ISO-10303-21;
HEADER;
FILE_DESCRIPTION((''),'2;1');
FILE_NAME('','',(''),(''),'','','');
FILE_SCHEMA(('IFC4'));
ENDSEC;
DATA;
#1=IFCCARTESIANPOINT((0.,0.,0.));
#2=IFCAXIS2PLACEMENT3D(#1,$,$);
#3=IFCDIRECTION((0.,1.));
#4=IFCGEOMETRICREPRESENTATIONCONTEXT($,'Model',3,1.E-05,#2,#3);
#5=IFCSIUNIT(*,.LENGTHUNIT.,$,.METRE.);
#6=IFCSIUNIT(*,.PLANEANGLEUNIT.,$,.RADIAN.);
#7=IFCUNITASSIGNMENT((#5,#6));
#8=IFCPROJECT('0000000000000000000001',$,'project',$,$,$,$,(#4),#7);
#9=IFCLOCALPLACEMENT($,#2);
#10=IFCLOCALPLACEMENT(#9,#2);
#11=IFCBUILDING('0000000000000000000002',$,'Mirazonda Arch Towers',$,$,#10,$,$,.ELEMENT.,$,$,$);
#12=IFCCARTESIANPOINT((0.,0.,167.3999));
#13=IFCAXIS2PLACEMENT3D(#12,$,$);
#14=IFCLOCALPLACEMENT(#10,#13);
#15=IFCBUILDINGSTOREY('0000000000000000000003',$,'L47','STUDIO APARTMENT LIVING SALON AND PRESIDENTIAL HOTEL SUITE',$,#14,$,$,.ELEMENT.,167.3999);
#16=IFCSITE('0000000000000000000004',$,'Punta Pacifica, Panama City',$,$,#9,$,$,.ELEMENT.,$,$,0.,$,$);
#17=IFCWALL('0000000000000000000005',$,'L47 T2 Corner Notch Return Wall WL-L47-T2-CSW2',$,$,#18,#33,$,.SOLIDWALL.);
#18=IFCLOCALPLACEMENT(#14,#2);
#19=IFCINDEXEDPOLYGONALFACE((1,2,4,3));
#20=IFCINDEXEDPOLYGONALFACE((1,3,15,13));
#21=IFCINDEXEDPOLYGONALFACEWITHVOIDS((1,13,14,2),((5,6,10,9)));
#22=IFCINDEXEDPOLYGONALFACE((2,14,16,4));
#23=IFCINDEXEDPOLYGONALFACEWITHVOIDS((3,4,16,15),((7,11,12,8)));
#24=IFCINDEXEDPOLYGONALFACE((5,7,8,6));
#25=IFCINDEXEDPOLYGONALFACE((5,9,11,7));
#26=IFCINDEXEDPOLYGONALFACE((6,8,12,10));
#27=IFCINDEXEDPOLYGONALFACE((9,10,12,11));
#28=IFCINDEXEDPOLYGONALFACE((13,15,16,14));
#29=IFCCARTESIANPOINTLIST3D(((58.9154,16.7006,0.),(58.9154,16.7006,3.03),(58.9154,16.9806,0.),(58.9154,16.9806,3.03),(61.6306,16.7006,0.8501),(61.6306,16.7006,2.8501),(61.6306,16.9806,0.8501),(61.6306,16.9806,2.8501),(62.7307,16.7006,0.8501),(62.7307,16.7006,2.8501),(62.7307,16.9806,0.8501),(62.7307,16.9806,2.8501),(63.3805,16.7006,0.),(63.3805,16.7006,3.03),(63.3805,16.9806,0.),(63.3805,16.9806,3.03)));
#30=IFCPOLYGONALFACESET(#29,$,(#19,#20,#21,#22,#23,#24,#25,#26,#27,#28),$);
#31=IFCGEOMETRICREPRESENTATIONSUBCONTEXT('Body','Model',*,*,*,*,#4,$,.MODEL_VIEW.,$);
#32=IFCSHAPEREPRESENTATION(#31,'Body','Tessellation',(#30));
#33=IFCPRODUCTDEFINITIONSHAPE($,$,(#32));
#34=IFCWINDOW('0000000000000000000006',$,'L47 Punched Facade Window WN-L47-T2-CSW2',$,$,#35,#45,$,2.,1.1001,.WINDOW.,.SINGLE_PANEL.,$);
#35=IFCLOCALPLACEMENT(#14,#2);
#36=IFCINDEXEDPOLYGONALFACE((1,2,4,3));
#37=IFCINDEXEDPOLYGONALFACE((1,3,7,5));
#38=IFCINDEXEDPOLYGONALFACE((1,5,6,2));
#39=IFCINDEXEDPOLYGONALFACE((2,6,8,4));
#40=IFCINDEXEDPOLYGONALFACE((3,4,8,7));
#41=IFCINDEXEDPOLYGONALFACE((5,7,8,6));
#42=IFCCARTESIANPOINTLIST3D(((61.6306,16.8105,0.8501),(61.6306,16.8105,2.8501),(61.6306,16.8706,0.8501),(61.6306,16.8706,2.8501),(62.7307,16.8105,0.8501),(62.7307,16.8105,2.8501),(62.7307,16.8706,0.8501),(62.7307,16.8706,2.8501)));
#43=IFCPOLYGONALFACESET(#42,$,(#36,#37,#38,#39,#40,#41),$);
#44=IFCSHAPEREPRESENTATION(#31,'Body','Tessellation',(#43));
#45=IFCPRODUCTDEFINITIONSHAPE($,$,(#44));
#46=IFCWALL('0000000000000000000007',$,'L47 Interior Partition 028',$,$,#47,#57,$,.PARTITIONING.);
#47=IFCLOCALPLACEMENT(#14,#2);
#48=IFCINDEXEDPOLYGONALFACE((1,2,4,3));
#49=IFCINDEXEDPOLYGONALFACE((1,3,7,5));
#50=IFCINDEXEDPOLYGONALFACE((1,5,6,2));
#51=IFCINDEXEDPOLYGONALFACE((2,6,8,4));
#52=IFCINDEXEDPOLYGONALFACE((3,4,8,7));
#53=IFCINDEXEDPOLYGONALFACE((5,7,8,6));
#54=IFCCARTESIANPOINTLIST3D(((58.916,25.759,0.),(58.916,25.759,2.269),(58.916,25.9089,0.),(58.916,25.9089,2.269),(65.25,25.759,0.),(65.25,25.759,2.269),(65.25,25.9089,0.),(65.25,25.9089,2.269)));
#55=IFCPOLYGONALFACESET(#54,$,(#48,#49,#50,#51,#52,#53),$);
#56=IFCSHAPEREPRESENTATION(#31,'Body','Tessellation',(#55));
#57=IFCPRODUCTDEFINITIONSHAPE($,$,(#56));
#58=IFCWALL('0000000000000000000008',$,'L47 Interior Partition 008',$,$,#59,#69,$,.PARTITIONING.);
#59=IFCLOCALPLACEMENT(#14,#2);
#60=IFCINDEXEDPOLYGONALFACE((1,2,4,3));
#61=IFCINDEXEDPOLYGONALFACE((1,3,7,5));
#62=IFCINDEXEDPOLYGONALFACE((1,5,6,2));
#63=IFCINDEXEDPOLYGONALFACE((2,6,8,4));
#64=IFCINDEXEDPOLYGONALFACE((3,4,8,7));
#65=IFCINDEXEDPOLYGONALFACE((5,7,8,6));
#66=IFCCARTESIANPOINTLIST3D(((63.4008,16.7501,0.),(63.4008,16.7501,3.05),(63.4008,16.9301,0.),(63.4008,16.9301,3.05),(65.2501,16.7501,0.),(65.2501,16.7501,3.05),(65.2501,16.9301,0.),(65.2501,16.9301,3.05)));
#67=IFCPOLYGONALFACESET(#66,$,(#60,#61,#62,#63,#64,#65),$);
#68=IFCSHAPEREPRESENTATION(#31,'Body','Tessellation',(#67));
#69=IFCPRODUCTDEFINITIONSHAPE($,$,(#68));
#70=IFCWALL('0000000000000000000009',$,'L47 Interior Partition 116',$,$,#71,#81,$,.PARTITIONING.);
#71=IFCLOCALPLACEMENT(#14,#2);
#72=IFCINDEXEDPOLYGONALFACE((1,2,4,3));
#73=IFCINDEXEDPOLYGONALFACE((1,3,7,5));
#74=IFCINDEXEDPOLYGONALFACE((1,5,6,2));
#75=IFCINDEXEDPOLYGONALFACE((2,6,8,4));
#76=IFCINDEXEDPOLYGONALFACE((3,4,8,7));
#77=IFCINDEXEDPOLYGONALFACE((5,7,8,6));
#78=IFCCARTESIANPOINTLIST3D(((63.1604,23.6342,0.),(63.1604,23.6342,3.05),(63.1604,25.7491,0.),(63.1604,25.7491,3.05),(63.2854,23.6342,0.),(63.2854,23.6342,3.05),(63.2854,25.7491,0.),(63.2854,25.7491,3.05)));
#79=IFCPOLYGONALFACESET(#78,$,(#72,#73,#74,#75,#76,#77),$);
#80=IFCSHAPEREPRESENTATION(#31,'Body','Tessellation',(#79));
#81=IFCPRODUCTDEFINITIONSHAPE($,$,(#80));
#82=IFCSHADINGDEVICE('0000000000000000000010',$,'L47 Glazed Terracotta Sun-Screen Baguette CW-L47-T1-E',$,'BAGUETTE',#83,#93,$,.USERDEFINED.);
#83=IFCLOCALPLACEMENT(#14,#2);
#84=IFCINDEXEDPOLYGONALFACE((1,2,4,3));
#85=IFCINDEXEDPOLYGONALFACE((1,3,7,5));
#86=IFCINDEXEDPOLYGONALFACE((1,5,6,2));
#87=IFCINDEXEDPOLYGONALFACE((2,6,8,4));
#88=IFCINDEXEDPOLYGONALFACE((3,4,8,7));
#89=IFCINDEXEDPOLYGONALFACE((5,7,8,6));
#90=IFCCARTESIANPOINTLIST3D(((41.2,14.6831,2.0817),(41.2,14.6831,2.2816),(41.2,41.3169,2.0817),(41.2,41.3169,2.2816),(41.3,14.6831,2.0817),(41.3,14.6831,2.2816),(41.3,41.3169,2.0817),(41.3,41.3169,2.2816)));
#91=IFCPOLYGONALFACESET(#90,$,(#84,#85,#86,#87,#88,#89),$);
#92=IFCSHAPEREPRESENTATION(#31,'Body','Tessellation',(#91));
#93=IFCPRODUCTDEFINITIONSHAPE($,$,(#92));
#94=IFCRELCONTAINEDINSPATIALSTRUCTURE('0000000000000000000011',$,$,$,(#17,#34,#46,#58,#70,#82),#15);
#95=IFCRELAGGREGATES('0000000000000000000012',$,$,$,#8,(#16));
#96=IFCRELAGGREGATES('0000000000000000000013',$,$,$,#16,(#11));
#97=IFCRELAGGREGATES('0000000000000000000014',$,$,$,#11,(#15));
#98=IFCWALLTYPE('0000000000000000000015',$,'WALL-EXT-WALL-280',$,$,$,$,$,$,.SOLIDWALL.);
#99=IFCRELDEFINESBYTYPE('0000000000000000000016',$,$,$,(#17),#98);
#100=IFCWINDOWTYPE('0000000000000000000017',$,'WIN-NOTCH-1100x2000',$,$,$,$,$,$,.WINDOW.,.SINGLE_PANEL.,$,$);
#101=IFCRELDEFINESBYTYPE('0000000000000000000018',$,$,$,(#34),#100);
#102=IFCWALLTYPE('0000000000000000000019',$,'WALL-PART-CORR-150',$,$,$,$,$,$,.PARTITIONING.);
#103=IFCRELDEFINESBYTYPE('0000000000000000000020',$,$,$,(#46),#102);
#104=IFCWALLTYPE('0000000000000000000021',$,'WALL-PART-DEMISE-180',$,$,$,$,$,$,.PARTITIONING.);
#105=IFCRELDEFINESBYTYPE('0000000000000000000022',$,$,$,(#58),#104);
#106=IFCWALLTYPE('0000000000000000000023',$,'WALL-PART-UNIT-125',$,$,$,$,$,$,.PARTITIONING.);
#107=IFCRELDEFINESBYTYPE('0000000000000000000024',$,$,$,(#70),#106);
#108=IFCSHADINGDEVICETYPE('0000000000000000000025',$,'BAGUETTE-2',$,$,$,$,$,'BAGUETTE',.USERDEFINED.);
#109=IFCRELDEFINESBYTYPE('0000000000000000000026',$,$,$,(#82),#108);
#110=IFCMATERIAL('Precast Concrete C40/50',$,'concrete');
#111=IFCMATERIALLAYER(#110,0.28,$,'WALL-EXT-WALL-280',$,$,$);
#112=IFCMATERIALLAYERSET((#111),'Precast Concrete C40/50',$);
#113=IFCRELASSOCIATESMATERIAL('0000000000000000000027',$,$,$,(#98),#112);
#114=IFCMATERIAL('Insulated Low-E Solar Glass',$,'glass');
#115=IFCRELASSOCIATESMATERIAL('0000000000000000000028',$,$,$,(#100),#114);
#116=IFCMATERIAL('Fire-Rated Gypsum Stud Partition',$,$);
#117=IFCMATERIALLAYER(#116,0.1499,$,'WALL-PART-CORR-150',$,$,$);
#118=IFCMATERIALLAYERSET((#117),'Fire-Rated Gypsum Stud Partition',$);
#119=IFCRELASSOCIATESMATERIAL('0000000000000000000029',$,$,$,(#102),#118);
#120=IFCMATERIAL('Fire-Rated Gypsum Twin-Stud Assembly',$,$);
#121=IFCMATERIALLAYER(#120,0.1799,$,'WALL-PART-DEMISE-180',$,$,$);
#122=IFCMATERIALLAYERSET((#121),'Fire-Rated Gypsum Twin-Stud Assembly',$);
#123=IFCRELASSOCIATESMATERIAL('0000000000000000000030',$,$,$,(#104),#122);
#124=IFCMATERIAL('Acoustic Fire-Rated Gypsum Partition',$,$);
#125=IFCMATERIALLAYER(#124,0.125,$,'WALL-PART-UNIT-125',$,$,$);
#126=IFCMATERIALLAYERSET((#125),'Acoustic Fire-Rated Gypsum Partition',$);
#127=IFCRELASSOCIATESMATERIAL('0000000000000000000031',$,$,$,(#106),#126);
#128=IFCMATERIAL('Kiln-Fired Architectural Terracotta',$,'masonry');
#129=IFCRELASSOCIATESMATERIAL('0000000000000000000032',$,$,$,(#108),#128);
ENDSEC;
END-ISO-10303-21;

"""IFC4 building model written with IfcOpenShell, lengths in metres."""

from ifc_helpers import new_model, si_unit, direction, frame, frame_2d, origin, origin_2d, place, context, subcontext, project, spatial, rectangle, extrude, material, layer, layer_set, material_profile, profile_set, type_object, element, fill, save


model = new_model("IFC4")

# Units and contexts
model_context = context("Model", 3, precision=1e-05, world=origin(), true_north=direction((0.0, 1.0)))
body_context = subcontext(model_context, "Body", "Model", "MODEL_VIEW")
ifc_project = project(units=[si_unit("LENGTHUNIT", "METRE"), si_unit("PLANEANGLEUNIT", "RADIAN")], contexts=[model_context])

# Site, building, storey
site_placement = place(None, origin())
site = spatial("IfcSite", under=ifc_project, at=site_placement, Name="Punta Pacifica, Panama City", CompositionType="ELEMENT", RefElevation=0.0)
building_placement = place(site_placement, origin())
building = spatial("IfcBuilding", under=site, at=building_placement, Name="Mirazonda Arch Towers", CompositionType="ELEMENT")
storey_placement = place(building_placement, frame((0.0, 0.0, 167.3999)))
storey = spatial("IfcBuildingStorey", under=building, at=storey_placement, Name="L47", Description="STUDIO APARTMENT LIVING SALON AND PRESIDENTIAL HOTEL SUITE", CompositionType="ELEMENT", Elevation=167.3999)

# Shared definitions
ifc_material_1 = material(Name="Insulated Low-E Solar Glass", Category="glass")

# Wall, opening, window
ifc_material_2 = material(Name="Precast Concrete C40/50", Category="concrete")
ifc_layer_1 = layer(ifc_material_2, 0.28, Name="WALL-EXT-WALL-280")
ifc_layer_set_1 = layer_set([ifc_layer_1], Name="Precast Concrete C40/50")
wall_type_1 = type_object("IfcWallType", Name="WALL-EXT-WALL-280", PredefinedType="SOLIDWALL", material=ifc_layer_set_1)
wall_1_placement = place(storey_placement, frame((58.9155, 16.8406, 0.0), z_axis=(0.0, 0.0, 1.0), x_axis=(1.0, 0.0, 0.0)))
wall_1 = element("IfcWall", 1, at=wall_1_placement, inside=storey, type_object=wall_type_1, Name="L47 T2 Corner Notch Return Wall WL-L47-T2-CSW2", PredefinedType="SOLIDWALL", context=body_context, shape_type="SweptSolid", body=[
    extrude(rectangle(XDim=4.4651, YDim=0.28, at=frame_2d((2.2324, 0.0))), origin(), (0.0, 0.0, 1.0), 3.03),
])
opening_1_placement = place(wall_1_placement, frame((2.7151, 0.0, 0.8501)))
opening_1 = element("IfcOpeningElement", 2, at=opening_1_placement, cuts=wall_1, PredefinedType="OPENING", context=body_context, shape_type="SweptSolid", body=[
    extrude(rectangle(XDim=1.1001, YDim=2.0, at=frame_2d((0.55, 1.0))), frame((0.0, 0.1499, 0.0), z_axis=(0.0, -1.0, 0.0), x_axis=(1.0, 0.0, 0.0)), (0.0, 0.0, 1.0), 0.3),
])
window_type_1 = type_object("IfcWindowType", Name="WIN-NOTCH-1100x2000", PartitioningType="SINGLE_PANEL", PredefinedType="WINDOW", material=ifc_material_1)
window_1_placement = place(opening_1_placement, origin())
window_1 = element("IfcWindow", 3, at=window_1_placement, inside=storey, type_object=window_type_1, Name="L47 Punched Facade Window WN-L47-T2-CSW2", OverallHeight=2.0, OverallWidth=1.1001, PartitioningType="SINGLE_PANEL", PredefinedType="WINDOW", context=body_context, shape_type="SweptSolid", body=[
    extrude(rectangle(XDim=1.1001, YDim=2.0, at=frame_2d((0.55, 1.0))), frame((0.0, 0.03, 0.0), z_axis=(0.0, -1.0, 0.0), x_axis=(1.0, 0.0, 0.0)), (0.0, 0.0, 1.0), 0.0601),
])
fill(opening_1, window_1)

# Walls
ifc_material_3 = material(Name="Fire-Rated Gypsum Stud Partition")
ifc_layer_2 = layer(ifc_material_3, 0.1499, Name="WALL-PART-CORR-150")
ifc_layer_set_2 = layer_set([ifc_layer_2], Name="Fire-Rated Gypsum Stud Partition")
wall_type_2 = type_object("IfcWallType", Name="WALL-PART-CORR-150", PredefinedType="PARTITIONING", material=ifc_layer_set_2)
wall_2_placement = place(storey_placement, frame((58.916, 25.834, 0.0), z_axis=(0.0, 0.0, 1.0), x_axis=(1.0, 0.0, 0.0)))
element("IfcWall", 4, at=wall_2_placement, inside=storey, type_object=wall_type_2, Name="L47 Interior Partition 028", PredefinedType="PARTITIONING", context=body_context, shape_type="SweptSolid", body=[
    extrude(rectangle(XDim=6.334, YDim=0.1499, at=frame_2d((3.167, 0.0))), origin(), (0.0, 0.0, 1.0), 2.269),
])
ifc_material_4 = material(Name="Fire-Rated Gypsum Twin-Stud Assembly")
ifc_layer_3 = layer(ifc_material_4, 0.1799, Name="WALL-PART-DEMISE-180")
ifc_layer_set_3 = layer_set([ifc_layer_3], Name="Fire-Rated Gypsum Twin-Stud Assembly")
wall_type_3 = type_object("IfcWallType", Name="WALL-PART-DEMISE-180", PredefinedType="PARTITIONING", material=ifc_layer_set_3)
wall_3_placement = place(storey_placement, frame((63.4006, 16.8401, 0.0), z_axis=(0.0, 0.0, 1.0), x_axis=(1.0, 0.0, 0.0)))
element("IfcWall", 5, at=wall_3_placement, inside=storey, type_object=wall_type_3, Name="L47 Interior Partition 008", PredefinedType="PARTITIONING", context=body_context, shape_type="SweptSolid", body=[
    extrude(rectangle(XDim=1.8494, YDim=0.1799, at=frame_2d((0.9248, 0.0))), origin(), (0.0, 0.0, 1.0), 3.05),
])

# Wall
ifc_material_5 = material(Name="Acoustic Fire-Rated Gypsum Partition")
ifc_layer_4 = layer(ifc_material_5, 0.125, Name="WALL-PART-UNIT-125")
ifc_layer_set_4 = layer_set([ifc_layer_4], Name="Acoustic Fire-Rated Gypsum Partition")
wall_type_4 = type_object("IfcWallType", Name="WALL-PART-UNIT-125", PredefinedType="PARTITIONING", material=ifc_layer_set_4)
wall_4_placement = place(storey_placement, frame((63.2229, 23.634, 0.0), z_axis=(0.0, 0.0, 1.0), x_axis=(0.0, 1.0, 0.0)))
element("IfcWall", 6, at=wall_4_placement, inside=storey, type_object=wall_type_4, Name="L47 Interior Partition 116", PredefinedType="PARTITIONING", context=body_context, shape_type="SweptSolid", body=[
    extrude(rectangle(XDim=2.115, YDim=0.125, at=frame_2d((1.0576, 0.0))), origin(), (0.0, 0.0, 1.0), 3.05),
])

# Shading device
ifc_material_6 = material(Name="Kiln-Fired Architectural Terracotta", Category="masonry")
ifc_material_profile_1 = material_profile(ifc_material_6, rectangle(XDim=0.1001, YDim=0.2, at=origin_2d()), Name="TERRA-BAG-100x200")
ifc_profile_set_1 = profile_set([ifc_material_profile_1], Name="Kiln-Fired Architectural Terracotta")
shading_device_type = type_object("IfcShadingDeviceType", Name="BAGUETTE-2", ElementType="BAGUETTE", PredefinedType="USERDEFINED", material=ifc_profile_set_1)
shading_device_placement = place(storey_placement, frame((41.25, 14.6831, 2.1816), z_axis=(0.0, 1.0, 0.0), x_axis=(-1.0, 0.0, 0.0)))
element("IfcShadingDevice", 7, at=shading_device_placement, inside=storey, type_object=shading_device_type, Name="L47 Glazed Terracotta Sun-Screen Baguette CW-L47-T1-E", ObjectType="BAGUETTE", PredefinedType="USERDEFINED", context=body_context, shape_type="SweptSolid", body=[
    extrude(rectangle(XDim=0.1001, YDim=0.2, at=origin_2d()), origin(), (0.0, 0.0, 1.0), 26.6338),
])

save(model, "model.ifc")
